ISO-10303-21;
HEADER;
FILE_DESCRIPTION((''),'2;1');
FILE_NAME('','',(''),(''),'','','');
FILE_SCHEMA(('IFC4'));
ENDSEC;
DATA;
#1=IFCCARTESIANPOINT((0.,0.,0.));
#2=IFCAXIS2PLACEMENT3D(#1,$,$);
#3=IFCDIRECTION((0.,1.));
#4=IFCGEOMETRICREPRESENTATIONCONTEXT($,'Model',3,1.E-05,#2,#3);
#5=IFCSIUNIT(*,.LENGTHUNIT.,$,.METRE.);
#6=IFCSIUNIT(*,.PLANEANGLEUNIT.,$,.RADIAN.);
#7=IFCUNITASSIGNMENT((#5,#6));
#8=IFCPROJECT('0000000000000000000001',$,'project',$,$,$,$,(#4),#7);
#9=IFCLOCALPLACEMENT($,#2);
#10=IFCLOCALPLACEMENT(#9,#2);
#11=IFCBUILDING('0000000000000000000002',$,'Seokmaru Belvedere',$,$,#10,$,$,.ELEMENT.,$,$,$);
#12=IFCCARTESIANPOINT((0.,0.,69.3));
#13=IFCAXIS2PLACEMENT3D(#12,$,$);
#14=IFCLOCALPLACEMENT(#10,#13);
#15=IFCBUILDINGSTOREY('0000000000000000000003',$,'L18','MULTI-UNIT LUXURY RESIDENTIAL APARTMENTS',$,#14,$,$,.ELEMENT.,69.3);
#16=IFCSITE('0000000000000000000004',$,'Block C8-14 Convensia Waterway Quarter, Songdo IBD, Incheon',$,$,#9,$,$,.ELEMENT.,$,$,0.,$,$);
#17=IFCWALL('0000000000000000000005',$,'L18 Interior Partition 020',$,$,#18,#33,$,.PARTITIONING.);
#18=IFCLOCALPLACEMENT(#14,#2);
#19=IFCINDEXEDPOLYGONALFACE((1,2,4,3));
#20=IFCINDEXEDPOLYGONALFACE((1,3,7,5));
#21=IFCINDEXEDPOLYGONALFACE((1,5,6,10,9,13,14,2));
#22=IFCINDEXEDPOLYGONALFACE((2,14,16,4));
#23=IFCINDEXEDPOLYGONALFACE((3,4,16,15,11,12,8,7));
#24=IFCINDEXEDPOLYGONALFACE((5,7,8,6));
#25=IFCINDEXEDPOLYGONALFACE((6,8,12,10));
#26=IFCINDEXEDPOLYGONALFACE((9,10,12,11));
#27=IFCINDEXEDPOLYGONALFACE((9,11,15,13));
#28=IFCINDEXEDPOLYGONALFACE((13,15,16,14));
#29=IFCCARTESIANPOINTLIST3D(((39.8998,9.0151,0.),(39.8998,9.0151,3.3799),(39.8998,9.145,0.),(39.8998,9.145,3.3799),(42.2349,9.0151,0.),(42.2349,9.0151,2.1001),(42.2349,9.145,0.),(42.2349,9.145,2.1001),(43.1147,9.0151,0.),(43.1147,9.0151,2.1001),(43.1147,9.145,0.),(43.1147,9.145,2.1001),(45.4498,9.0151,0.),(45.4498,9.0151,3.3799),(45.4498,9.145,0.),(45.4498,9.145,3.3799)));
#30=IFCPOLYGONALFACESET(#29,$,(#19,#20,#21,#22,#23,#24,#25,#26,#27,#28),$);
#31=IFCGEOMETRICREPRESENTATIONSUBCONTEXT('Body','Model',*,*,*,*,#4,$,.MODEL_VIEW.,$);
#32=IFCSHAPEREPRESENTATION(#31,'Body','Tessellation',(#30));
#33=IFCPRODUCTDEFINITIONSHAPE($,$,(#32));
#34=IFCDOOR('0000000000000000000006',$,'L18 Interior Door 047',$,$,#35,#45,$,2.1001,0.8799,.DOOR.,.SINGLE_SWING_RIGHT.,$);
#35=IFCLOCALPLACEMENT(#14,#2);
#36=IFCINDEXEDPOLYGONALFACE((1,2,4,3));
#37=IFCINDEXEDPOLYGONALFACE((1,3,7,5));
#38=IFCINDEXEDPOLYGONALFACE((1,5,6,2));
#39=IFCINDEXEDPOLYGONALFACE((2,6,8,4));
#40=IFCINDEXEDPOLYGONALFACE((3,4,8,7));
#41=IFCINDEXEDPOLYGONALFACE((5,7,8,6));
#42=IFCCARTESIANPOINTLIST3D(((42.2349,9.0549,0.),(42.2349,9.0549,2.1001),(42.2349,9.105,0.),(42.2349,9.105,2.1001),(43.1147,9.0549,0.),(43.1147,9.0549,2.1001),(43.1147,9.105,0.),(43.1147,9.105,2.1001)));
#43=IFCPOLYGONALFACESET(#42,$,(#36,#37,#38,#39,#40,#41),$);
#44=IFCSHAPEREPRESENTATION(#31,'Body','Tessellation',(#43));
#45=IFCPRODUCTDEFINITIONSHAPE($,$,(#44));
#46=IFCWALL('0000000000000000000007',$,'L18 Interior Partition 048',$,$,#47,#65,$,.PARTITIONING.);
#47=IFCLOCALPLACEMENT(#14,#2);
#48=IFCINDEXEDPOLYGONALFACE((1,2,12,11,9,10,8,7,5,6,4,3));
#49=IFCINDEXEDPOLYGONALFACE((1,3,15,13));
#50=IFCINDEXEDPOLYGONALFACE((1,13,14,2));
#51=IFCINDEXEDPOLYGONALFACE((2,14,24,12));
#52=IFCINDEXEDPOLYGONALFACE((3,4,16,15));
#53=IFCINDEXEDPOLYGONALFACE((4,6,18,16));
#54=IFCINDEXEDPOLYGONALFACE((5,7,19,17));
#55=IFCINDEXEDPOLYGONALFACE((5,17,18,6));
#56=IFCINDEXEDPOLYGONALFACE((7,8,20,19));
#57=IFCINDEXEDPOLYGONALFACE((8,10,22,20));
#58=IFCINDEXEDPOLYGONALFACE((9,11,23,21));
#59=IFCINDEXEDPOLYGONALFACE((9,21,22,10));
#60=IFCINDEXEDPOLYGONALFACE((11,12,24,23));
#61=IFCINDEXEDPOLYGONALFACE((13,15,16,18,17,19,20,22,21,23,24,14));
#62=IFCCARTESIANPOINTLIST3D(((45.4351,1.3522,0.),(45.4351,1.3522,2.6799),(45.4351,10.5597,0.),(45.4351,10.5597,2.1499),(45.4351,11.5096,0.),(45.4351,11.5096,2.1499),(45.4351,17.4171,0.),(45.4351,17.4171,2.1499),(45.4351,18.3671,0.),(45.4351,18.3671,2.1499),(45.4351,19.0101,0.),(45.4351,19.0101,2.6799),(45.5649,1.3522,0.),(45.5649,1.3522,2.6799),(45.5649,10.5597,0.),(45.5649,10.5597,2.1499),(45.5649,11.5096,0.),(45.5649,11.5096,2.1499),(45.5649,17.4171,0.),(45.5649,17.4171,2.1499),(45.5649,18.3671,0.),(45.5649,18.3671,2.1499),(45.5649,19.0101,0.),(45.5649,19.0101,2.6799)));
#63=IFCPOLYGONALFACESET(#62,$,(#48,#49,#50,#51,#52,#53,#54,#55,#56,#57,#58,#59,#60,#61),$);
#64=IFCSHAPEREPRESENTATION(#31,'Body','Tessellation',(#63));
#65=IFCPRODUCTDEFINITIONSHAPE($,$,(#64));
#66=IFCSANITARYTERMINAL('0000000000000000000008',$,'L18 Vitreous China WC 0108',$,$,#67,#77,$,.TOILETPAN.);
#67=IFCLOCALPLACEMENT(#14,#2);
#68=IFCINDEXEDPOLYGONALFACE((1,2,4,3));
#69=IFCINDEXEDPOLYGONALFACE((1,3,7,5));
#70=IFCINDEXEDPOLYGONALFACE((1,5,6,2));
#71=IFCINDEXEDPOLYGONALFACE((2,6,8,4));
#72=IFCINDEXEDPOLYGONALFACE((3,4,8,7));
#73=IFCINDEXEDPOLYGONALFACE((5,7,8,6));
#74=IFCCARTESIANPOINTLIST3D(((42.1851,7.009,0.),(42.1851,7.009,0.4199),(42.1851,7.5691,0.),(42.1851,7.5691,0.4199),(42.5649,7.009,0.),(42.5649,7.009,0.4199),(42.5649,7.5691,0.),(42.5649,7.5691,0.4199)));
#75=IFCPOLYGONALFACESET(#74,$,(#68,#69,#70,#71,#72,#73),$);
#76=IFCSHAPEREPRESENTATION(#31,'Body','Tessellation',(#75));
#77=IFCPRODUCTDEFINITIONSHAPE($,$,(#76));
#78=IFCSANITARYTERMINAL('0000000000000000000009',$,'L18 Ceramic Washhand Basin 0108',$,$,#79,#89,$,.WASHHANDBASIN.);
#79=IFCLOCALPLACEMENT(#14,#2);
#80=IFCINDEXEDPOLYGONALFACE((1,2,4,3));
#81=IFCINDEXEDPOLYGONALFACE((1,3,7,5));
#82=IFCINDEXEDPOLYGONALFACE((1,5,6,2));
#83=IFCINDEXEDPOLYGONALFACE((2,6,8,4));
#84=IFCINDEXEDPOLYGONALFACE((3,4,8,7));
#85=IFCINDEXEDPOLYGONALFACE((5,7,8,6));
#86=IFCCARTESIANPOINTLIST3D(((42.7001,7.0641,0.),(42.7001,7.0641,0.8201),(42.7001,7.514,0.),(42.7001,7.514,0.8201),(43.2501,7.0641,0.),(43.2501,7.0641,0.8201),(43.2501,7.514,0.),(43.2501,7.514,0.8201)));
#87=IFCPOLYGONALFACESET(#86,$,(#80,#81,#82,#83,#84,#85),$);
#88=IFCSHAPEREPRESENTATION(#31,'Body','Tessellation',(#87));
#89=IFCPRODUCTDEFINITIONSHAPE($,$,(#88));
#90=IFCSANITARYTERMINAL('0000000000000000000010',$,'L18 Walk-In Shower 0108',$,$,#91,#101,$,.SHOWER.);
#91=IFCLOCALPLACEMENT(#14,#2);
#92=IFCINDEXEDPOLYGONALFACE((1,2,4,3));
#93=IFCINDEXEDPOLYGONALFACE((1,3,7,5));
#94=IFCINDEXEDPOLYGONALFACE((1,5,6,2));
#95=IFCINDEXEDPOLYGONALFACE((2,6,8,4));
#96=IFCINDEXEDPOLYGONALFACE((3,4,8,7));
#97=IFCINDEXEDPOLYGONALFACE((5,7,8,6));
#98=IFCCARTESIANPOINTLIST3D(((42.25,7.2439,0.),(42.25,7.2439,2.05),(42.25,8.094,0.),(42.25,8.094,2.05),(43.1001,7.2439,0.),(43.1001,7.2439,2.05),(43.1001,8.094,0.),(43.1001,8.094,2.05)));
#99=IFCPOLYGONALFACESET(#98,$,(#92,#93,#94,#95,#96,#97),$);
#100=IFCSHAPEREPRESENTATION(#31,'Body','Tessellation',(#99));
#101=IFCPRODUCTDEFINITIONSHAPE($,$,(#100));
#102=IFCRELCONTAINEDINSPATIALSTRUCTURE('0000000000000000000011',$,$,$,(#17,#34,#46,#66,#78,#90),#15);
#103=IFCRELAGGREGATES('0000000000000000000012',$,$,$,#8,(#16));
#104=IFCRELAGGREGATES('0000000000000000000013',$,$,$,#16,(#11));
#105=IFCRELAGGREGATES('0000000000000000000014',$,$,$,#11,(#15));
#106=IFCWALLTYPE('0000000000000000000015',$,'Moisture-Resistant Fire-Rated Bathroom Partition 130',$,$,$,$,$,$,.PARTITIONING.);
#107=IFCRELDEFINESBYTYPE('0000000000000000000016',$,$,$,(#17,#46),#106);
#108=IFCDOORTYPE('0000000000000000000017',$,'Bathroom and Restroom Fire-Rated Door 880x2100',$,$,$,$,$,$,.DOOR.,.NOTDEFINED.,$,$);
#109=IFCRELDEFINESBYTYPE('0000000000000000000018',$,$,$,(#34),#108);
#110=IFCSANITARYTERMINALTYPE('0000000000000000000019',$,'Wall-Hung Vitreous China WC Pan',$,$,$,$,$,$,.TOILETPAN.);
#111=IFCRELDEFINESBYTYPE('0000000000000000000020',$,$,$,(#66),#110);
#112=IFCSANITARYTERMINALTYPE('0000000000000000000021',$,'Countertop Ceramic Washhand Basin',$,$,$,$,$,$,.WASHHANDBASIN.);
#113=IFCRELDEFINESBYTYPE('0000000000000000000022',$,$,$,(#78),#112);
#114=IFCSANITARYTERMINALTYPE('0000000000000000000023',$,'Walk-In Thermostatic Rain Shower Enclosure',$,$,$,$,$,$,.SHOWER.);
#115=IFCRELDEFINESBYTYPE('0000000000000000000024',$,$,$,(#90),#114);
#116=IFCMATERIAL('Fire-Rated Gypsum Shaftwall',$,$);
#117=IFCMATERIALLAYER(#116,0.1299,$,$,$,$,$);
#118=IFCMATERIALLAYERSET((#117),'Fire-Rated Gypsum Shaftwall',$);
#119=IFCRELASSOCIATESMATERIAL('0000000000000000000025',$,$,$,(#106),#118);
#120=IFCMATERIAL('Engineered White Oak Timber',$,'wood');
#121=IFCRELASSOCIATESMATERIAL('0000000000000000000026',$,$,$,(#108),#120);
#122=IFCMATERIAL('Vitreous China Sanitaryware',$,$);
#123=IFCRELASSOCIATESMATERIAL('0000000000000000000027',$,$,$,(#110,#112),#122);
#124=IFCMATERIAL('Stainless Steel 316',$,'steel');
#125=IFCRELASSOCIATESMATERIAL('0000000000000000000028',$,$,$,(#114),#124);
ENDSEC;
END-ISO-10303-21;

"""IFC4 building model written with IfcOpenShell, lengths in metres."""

from ifc_helpers import new_model, si_unit, direction, frame, frame_2d, origin, origin_2d, place, context, subcontext, project, spatial, rectangle, extrude, source, transform, mapped, material, layer, layer_set, type_object, type_shapes, element, fill, save


model = new_model("IFC4")

# Units and contexts
model_context = context("Model", 3, precision=1e-05, world=origin(), true_north=direction((0.0, 1.0)))
body_context = subcontext(model_context, "Body", "Model", "MODEL_VIEW")
ifc_project = project(units=[si_unit("LENGTHUNIT", "METRE"), si_unit("PLANEANGLEUNIT", "RADIAN")], contexts=[model_context])

# Site, building, storey
site_placement = place(None, origin())
site = spatial("IfcSite", under=ifc_project, at=site_placement, Name="Block C8-14 Convensia Waterway Quarter, Songdo IBD, Incheon", CompositionType="ELEMENT", RefElevation=0.0)
building_placement = place(site_placement, origin())
building = spatial("IfcBuilding", under=site, at=building_placement, Name="Seokmaru Belvedere", CompositionType="ELEMENT")
storey_placement = place(building_placement, frame((0.0, 0.0, 69.3)))
storey = spatial("IfcBuildingStorey", under=building, at=storey_placement, Name="L18", Description="MULTI-UNIT LUXURY RESIDENTIAL APARTMENTS", CompositionType="ELEMENT", Elevation=69.3)

# Shared definitions
ifc_material_1 = material(Name="Fire-Rated Gypsum Shaftwall")

# Wall, opening, door
ifc_layer_1 = layer(ifc_material_1, 0.1299)
ifc_layer_set_1 = layer_set([ifc_layer_1], Name="Fire-Rated Gypsum Shaftwall")
wall_type_1 = type_object("IfcWallType", Name="Moisture-Resistant Fire-Rated Bathroom Partition 130", PredefinedType="PARTITIONING", material=ifc_layer_set_1)
wall_1_placement = place(storey_placement, frame((39.8999, 9.0801, 0.0), z_axis=(0.0, 0.0, 1.0), x_axis=(1.0, 0.0, 0.0)))
wall_1 = element("IfcWall", 1, at=wall_1_placement, inside=storey, type_object=wall_type_1, Name="L18 Interior Partition 020", PredefinedType="PARTITIONING", context=body_context, shape_type="SweptSolid", body=[
    extrude(rectangle(XDim=5.55, YDim=0.1299, at=frame_2d((2.7749, 0.0))), origin(), (0.0, 0.0, 1.0), 3.3799),
])
opening_1_placement = place(wall_1_placement, frame((2.335, 0.0, 0.0)))
opening_1 = element("IfcOpeningElement", 2, at=opening_1_placement, cuts=wall_1, PredefinedType="OPENING", context=body_context, shape_type="SweptSolid", body=[
    extrude(rectangle(XDim=0.8799, YDim=2.1001, at=frame_2d((0.4399, 1.05))), frame((0.0, 0.075, 0.0), z_axis=(0.0, -1.0, 0.0), x_axis=(1.0, 0.0, 0.0)), (0.0, 0.0, 1.0), 0.1499),
])
ifc_material_2 = material(Name="Engineered White Oak Timber", Category="wood")
door_type_1 = type_object("IfcDoorType", Name="Bathroom and Restroom Fire-Rated Door 880x2100", OperationType="NOTDEFINED", PredefinedType="DOOR", material=ifc_material_2)
shared_shape_1 = source(origin(), body_context, "Body", "SweptSolid", [
    extrude(rectangle(XDim=0.8799, YDim=2.1001, at=frame_2d((0.4399, 1.05))), frame((0.0, 0.0249, 0.0), z_axis=(0.0, -1.0, 0.0), x_axis=(1.0, 0.0, 0.0)), (0.0, 0.0, 1.0), 0.05),
])
type_shapes(door_type_1, [shared_shape_1])
door_1_placement = place(opening_1_placement, origin())
door_1 = element("IfcDoor", 3, at=door_1_placement, inside=storey, type_object=door_type_1, Name="L18 Interior Door 047", OperationType="SINGLE_SWING_RIGHT", OverallHeight=2.1001, OverallWidth=0.8799, PredefinedType="DOOR", context=body_context, shape_type="MappedRepresentation", body=[
    mapped(shared_shape_1, transform((0.0, 0.0, 0.0), scale=1.0)),
])
fill(opening_1, door_1)

# Wall, openings
wall_2_placement = place(storey_placement, frame((45.5, 1.3521, 0.0), z_axis=(0.0, 0.0, 1.0), x_axis=(0.0, 1.0, 0.0)))
wall_2 = element("IfcWall", 4, at=wall_2_placement, inside=storey, type_object=wall_type_1, Name="L18 Interior Partition 048", PredefinedType="PARTITIONING", context=body_context, shape_type="SweptSolid", body=[
    extrude(rectangle(XDim=17.658, YDim=0.1299, at=frame_2d((8.8291, 0.0))), origin(), (0.0, 0.0, 1.0), 2.6799),
])
opening_2_placement = place(wall_2_placement, frame((9.2075, 0.0, 0.0)))
element("IfcOpeningElement", 5, at=opening_2_placement, cuts=wall_2, PredefinedType="OPENING", context=body_context, shape_type="SweptSolid", body=[
    extrude(rectangle(XDim=0.95, YDim=2.1499, at=frame_2d((0.4751, 1.075))), frame((0.0, 0.075, 0.0), z_axis=(0.0, -1.0, 0.0), x_axis=(1.0, 0.0, 0.0)), (0.0, 0.0, 1.0), 0.1499),
])
opening_3_placement = place(wall_2_placement, frame((16.0649, 0.0, 0.0)))
element("IfcOpeningElement", 6, at=opening_3_placement, cuts=wall_2, PredefinedType="OPENING", context=body_context, shape_type="SweptSolid", body=[
    extrude(rectangle(XDim=0.95, YDim=2.1499, at=frame_2d((0.4751, 1.075))), frame((0.0, 0.075, 0.0), z_axis=(0.0, -1.0, 0.0), x_axis=(1.0, 0.0, 0.0)), (0.0, 0.0, 1.0), 0.1499),
])

# Sanitary terminals
ifc_material_3 = material(Name="Vitreous China Sanitaryware")
sanitary_terminal_type_1 = type_object("IfcSanitaryTerminalType", Name="Wall-Hung Vitreous China WC Pan", PredefinedType="TOILETPAN", material=ifc_material_3)
shared_shape_2 = source(origin(), body_context, "Body", "SweptSolid", [
    extrude(rectangle(XDim=0.3799, YDim=0.5601, at=origin_2d()), origin(), (0.0, 0.0, 1.0), 0.4199),
])
type_shapes(sanitary_terminal_type_1, [shared_shape_2])
sanitary_terminal_1_placement = place(storey_placement, frame((42.375, 7.2891, 0.0), z_axis=(0.0, 0.0, 1.0), x_axis=(1.0, 0.0, 0.0)))
element("IfcSanitaryTerminal", 7, at=sanitary_terminal_1_placement, inside=storey, type_object=sanitary_terminal_type_1, Name="L18 Vitreous China WC 0108", PredefinedType="TOILETPAN", context=body_context, shape_type="MappedRepresentation", body=[
    mapped(shared_shape_2, transform((0.0, 0.0, 0.0), scale=1.0)),
])
sanitary_terminal_type_2 = type_object("IfcSanitaryTerminalType", Name="Countertop Ceramic Washhand Basin", PredefinedType="WASHHANDBASIN", material=ifc_material_3)
shared_shape_3 = source(origin(), body_context, "Body", "SweptSolid", [
    extrude(rectangle(XDim=0.55, YDim=0.45, at=origin_2d()), origin(), (0.0, 0.0, 1.0), 0.8201),
])
type_shapes(sanitary_terminal_type_2, [shared_shape_3])
sanitary_terminal_2_placement = place(storey_placement, frame((42.9751, 7.2891, 0.0), z_axis=(0.0, 0.0, 1.0), x_axis=(1.0, 0.0, 0.0)))
element("IfcSanitaryTerminal", 8, at=sanitary_terminal_2_placement, inside=storey, type_object=sanitary_terminal_type_2, Name="L18 Ceramic Washhand Basin 0108", PredefinedType="WASHHANDBASIN", context=body_context, shape_type="MappedRepresentation", body=[
    mapped(shared_shape_3, transform((0.0, 0.0, 0.0), scale=1.0)),
])
ifc_material_4 = material(Name="Stainless Steel 316", Category="steel")
sanitary_terminal_type_3 = type_object("IfcSanitaryTerminalType", Name="Walk-In Thermostatic Rain Shower Enclosure", PredefinedType="SHOWER", material=ifc_material_4)
shared_shape_4 = source(origin(), body_context, "Body", "SweptSolid", [
    extrude(rectangle(XDim=0.8501, YDim=0.8501, at=origin_2d()), origin(), (0.0, 0.0, 1.0), 2.05),
])
type_shapes(sanitary_terminal_type_3, [shared_shape_4])
sanitary_terminal_3_placement = place(storey_placement, frame((42.675, 7.6689, 0.0), z_axis=(0.0, 0.0, 1.0), x_axis=(1.0, 0.0, 0.0)))
element("IfcSanitaryTerminal", 9, at=sanitary_terminal_3_placement, inside=storey, type_object=sanitary_terminal_type_3, Name="L18 Walk-In Shower 0108", PredefinedType="SHOWER", context=body_context, shape_type="MappedRepresentation", body=[
    mapped(shared_shape_4, transform((0.0, 0.0, 0.0), scale=1.0)),
])

save(model, "model.ifc")
